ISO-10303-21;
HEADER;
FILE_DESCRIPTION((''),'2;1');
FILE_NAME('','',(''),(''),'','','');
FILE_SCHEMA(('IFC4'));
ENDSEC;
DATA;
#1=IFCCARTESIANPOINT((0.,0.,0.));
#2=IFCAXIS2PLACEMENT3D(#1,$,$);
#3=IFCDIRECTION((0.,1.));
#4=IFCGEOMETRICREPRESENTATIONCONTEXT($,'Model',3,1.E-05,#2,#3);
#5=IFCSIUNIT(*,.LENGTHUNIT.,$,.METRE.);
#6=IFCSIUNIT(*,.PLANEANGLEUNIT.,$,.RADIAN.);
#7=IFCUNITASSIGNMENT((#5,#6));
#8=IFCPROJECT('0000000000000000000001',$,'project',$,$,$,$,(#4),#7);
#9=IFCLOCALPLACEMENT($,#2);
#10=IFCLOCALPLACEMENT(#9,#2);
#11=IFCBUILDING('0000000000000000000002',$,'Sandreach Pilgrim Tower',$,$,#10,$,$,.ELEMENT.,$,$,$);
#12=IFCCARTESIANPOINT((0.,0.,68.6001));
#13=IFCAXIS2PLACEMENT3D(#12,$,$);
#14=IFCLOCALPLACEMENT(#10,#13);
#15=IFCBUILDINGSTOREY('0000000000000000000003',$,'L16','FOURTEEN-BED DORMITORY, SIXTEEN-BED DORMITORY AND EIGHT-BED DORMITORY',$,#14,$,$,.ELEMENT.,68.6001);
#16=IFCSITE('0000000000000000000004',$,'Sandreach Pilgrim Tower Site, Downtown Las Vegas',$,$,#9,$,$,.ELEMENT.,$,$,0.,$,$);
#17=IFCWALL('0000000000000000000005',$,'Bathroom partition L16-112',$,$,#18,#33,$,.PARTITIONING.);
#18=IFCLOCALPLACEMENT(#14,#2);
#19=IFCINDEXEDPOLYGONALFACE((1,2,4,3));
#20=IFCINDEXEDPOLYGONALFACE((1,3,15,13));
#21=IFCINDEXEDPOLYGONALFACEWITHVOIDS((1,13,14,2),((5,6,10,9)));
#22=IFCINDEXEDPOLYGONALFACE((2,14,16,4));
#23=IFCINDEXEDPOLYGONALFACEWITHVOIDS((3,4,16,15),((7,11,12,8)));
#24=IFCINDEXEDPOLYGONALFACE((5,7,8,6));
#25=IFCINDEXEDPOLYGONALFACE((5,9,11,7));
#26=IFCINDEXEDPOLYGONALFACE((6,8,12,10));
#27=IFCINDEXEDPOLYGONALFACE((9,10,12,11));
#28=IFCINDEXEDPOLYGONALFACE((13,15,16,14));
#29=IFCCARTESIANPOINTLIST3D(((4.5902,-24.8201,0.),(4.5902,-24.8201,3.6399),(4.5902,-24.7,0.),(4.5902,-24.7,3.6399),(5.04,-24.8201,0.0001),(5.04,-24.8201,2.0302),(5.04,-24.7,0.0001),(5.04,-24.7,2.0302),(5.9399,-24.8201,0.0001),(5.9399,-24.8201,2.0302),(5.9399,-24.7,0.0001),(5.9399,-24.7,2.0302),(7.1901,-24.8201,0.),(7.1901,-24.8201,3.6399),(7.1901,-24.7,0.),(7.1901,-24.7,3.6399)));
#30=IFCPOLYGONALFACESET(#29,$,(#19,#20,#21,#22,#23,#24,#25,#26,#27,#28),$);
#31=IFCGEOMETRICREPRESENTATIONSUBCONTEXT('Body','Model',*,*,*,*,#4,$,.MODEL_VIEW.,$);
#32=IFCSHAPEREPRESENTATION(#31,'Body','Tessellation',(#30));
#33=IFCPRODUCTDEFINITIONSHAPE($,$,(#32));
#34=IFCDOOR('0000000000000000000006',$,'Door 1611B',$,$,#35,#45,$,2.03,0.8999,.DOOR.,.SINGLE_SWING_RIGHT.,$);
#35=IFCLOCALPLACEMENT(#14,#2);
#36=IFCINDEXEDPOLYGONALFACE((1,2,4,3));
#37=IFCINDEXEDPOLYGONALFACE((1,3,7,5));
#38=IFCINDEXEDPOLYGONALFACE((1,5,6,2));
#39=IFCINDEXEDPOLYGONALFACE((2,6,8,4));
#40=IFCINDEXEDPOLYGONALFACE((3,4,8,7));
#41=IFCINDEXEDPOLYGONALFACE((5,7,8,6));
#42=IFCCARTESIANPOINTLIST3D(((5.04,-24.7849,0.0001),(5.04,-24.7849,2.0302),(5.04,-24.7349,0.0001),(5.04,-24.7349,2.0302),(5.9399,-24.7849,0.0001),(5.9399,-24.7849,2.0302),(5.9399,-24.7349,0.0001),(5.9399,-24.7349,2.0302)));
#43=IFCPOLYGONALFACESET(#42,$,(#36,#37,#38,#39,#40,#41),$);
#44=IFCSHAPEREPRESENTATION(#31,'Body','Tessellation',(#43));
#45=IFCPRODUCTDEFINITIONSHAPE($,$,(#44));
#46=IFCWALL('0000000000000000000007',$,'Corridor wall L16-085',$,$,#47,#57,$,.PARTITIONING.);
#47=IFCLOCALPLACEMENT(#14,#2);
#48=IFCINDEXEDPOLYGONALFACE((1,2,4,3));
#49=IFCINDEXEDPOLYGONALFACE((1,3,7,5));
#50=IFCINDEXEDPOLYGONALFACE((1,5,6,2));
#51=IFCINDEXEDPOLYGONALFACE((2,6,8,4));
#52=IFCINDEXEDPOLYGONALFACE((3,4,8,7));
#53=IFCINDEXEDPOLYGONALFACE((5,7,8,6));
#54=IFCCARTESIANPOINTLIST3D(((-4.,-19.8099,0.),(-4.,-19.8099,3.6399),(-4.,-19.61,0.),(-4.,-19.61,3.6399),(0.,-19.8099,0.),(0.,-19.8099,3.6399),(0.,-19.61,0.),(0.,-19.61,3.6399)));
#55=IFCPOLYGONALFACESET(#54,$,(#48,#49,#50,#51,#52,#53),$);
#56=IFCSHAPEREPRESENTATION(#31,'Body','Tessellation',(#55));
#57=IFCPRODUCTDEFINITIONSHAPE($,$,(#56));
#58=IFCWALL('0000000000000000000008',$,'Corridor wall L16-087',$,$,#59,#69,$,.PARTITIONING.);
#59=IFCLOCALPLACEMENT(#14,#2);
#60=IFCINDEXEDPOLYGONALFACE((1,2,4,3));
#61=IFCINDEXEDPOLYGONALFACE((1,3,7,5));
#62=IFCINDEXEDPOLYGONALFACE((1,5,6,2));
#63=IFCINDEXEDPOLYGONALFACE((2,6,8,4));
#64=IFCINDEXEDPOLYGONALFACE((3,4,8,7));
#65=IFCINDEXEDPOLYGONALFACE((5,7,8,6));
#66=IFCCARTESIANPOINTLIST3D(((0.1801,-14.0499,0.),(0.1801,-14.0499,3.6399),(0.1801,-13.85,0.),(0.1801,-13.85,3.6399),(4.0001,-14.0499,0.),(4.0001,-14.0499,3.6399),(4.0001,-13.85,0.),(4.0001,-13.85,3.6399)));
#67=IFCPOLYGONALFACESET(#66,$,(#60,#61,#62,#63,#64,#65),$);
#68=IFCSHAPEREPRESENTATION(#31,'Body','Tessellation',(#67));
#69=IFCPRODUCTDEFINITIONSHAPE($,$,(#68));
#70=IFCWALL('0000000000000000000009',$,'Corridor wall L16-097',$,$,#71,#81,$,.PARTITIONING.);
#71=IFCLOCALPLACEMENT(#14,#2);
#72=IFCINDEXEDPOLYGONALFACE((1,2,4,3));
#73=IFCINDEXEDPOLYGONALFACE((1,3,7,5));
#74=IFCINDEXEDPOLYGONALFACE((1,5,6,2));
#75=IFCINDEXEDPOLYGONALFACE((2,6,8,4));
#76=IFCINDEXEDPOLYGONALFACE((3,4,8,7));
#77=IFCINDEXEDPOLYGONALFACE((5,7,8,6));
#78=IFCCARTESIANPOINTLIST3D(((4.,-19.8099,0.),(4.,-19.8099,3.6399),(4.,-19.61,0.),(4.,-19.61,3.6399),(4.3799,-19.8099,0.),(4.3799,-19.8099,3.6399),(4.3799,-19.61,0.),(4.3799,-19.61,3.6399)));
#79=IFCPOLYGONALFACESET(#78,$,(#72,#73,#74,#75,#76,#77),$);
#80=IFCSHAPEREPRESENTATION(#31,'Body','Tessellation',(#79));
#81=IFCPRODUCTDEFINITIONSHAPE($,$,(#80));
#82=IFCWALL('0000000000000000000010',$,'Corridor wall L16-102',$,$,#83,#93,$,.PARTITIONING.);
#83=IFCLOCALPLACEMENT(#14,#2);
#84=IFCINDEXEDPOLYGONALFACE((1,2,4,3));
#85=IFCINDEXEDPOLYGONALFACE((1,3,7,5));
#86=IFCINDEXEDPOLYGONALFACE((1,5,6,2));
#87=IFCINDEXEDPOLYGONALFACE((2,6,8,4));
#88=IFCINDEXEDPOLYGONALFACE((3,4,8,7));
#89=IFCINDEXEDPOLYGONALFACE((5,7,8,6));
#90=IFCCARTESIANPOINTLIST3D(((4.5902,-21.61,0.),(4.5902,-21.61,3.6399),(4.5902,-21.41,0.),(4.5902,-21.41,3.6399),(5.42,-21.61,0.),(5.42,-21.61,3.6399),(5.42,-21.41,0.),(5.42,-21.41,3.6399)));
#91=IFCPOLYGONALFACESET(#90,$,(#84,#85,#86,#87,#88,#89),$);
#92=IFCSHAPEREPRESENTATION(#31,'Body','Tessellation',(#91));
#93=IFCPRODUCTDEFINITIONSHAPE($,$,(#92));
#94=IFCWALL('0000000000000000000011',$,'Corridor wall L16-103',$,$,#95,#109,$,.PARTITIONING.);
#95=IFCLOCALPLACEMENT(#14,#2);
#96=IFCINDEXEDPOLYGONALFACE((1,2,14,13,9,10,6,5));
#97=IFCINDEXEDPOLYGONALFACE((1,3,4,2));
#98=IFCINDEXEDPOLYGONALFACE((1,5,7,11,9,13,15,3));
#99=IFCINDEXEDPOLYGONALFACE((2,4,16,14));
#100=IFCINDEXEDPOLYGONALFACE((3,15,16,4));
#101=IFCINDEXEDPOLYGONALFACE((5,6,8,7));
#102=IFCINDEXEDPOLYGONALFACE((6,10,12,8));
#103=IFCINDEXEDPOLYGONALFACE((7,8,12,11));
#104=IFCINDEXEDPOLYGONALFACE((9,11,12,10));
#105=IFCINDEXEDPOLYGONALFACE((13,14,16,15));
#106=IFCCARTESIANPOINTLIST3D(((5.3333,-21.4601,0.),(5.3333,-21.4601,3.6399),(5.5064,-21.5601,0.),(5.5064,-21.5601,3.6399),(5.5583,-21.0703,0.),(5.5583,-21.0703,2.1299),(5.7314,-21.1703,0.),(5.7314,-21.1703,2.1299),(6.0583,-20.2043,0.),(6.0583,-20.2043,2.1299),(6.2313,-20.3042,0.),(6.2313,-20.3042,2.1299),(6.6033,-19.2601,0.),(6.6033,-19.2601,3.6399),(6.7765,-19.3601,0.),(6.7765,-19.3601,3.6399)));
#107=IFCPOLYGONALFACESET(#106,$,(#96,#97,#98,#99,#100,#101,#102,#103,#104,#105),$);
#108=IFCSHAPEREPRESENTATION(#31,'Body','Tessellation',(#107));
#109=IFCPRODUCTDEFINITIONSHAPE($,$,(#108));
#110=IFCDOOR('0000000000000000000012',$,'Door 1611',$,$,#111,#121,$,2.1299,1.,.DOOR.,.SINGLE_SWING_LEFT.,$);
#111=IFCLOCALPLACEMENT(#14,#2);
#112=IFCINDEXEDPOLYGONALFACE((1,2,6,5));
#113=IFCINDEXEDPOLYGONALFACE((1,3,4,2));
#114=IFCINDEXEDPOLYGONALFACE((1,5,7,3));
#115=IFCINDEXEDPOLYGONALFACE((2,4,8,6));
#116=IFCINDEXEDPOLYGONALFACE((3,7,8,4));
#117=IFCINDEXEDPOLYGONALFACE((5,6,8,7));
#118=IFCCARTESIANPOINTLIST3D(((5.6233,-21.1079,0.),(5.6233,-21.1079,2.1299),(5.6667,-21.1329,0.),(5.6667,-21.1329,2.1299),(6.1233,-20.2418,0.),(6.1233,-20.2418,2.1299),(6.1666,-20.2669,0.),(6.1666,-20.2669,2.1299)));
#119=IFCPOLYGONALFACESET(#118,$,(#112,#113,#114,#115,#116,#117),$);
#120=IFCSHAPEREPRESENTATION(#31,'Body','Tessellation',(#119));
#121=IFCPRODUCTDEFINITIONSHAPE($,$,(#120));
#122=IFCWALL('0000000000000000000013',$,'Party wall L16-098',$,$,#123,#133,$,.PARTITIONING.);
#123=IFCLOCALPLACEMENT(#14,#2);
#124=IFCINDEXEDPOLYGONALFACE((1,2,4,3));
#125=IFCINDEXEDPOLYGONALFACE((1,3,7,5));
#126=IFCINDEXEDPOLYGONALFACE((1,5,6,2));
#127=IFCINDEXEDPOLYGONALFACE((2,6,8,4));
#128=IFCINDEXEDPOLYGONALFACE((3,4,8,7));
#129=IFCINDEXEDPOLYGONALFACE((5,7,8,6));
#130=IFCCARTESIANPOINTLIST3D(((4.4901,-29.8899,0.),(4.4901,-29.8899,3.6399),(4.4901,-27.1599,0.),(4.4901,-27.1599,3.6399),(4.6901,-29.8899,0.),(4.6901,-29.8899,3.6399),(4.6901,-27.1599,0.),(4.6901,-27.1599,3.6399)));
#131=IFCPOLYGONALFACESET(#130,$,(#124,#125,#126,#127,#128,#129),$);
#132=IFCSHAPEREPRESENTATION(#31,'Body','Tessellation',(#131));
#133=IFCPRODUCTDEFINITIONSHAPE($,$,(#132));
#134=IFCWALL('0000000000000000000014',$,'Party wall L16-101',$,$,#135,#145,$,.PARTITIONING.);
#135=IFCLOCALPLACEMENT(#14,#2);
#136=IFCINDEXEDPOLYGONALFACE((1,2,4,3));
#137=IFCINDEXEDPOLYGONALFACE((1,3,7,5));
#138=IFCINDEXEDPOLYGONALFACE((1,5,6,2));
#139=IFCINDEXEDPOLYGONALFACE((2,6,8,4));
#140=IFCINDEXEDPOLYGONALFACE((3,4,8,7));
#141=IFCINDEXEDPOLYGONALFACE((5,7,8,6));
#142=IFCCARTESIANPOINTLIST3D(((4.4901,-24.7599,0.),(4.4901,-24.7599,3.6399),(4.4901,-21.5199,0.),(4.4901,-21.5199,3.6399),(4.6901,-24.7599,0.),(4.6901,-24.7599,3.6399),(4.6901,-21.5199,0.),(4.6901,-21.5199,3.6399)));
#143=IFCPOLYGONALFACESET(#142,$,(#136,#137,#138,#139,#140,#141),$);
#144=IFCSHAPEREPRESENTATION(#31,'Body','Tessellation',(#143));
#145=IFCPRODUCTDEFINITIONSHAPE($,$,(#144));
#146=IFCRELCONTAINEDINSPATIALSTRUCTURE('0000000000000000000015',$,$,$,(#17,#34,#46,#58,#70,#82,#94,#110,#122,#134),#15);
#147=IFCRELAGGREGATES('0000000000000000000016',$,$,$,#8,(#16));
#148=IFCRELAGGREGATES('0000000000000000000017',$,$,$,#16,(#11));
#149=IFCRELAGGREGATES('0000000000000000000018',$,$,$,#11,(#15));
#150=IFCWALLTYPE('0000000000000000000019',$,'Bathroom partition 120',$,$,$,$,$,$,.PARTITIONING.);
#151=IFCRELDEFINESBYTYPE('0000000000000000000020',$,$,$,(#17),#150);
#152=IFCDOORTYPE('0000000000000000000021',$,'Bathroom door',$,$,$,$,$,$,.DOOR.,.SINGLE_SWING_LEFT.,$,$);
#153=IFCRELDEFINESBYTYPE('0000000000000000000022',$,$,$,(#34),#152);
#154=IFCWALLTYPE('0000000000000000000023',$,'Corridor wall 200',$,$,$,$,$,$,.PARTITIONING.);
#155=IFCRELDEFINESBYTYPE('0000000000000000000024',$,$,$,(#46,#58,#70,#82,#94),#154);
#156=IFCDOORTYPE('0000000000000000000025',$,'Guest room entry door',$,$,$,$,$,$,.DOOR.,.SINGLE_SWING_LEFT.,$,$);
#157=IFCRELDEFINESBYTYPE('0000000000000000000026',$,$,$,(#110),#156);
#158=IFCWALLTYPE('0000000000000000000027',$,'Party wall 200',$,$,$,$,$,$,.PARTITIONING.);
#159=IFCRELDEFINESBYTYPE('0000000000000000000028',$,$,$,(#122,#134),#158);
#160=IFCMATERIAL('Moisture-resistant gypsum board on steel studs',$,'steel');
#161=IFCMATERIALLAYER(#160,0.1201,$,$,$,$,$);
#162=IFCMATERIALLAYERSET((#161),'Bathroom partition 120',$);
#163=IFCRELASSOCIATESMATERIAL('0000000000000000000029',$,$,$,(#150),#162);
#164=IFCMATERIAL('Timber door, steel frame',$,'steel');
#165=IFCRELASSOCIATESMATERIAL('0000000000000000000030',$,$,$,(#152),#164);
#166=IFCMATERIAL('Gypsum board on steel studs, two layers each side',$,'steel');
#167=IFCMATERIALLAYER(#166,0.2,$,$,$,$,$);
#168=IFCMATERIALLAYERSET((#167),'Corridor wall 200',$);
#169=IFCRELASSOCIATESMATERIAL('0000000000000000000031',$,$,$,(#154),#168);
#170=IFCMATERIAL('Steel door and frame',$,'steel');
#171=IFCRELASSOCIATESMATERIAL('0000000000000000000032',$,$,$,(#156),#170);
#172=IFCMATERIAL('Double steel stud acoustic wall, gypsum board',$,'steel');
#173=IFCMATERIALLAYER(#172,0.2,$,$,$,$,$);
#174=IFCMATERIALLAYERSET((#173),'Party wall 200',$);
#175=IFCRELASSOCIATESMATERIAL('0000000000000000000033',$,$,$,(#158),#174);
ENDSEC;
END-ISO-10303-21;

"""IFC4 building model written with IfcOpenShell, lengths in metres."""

from ifc_helpers import new_model, si_unit, direction, frame, frame_2d, origin, place, context, subcontext, project, spatial, rectangle, extrude, material, layer, layer_set, type_object, element, fill, save


model = new_model("IFC4")

# Units and contexts
model_context = context("Model", 3, precision=1e-05, world=origin(), true_north=direction((0.0, 1.0)))
body_context = subcontext(model_context, "Body", "Model", "MODEL_VIEW")
ifc_project = project(units=[si_unit("LENGTHUNIT", "METRE"), si_unit("PLANEANGLEUNIT", "RADIAN")], contexts=[model_context])

# Site, building, storey
site_placement = place(None, origin())
site = spatial("IfcSite", under=ifc_project, at=site_placement, Name="Sandreach Pilgrim Tower Site, Downtown Las Vegas", CompositionType="ELEMENT", RefElevation=0.0)
building_placement = place(site_placement, origin())
building = spatial("IfcBuilding", under=site, at=building_placement, Name="Sandreach Pilgrim Tower", CompositionType="ELEMENT")
storey_placement = place(building_placement, frame((0.0, 0.0, 68.6001)))
storey = spatial("IfcBuildingStorey", under=building, at=storey_placement, Name="L16", Description="FOURTEEN-BED DORMITORY, SIXTEEN-BED DORMITORY AND EIGHT-BED DORMITORY", CompositionType="ELEMENT", Elevation=68.6001)

# Shared definitions
ifc_material_1 = material(Name="Moisture-resistant gypsum board on steel studs", Category="steel")
ifc_layer_1 = layer(ifc_material_1, 0.1201)
ifc_layer_set_1 = layer_set([ifc_layer_1], Name="Bathroom partition 120")
wall_type_1 = type_object("IfcWallType", Name="Bathroom partition 120", PredefinedType="PARTITIONING", material=ifc_layer_set_1)

# Wall, opening, door
wall_1_placement = place(storey_placement, frame((7.1899, -24.76, 0.0), z_axis=(0.0, 0.0, 1.0), x_axis=(-1.0, 0.0, 0.0)))
wall_1 = element("IfcWall", 1, at=wall_1_placement, inside=storey, type_object=wall_type_1, Name="Bathroom partition L16-112", PredefinedType="PARTITIONING", context=body_context, shape_type="SweptSolid", body=[
    extrude(rectangle(XDim=2.5999, YDim=0.1201, at=frame_2d((1.2998, 0.0))), origin(), (0.0, 0.0, 1.0), 3.6399),
])
opening_1_placement = place(wall_1_placement, frame((1.25, 0.0, 0.0)))
opening_1 = element("IfcOpeningElement", 2, at=opening_1_placement, cuts=wall_1, PredefinedType="OPENING", context=body_context, shape_type="SweptSolid", body=[
    extrude(rectangle(XDim=0.8999, YDim=2.03, at=frame_2d((0.45, 1.0151))), frame((0.0, 0.0601, 0.0), z_axis=(0.0, -1.0, 0.0), x_axis=(1.0, 0.0, 0.0)), (0.0, 0.0, 1.0), 0.1201),
])
ifc_material_2 = material(Name="Timber door, steel frame", Category="steel")
door_type_1 = type_object("IfcDoorType", Name="Bathroom door", OperationType="SINGLE_SWING_LEFT", PredefinedType="DOOR", material=ifc_material_2)
door_1_placement = place(opening_1_placement, origin())
door_1 = element("IfcDoor", 3, at=door_1_placement, inside=storey, type_object=door_type_1, Name="Door 1611B", OperationType="SINGLE_SWING_RIGHT", OverallHeight=2.03, OverallWidth=0.8999, PredefinedType="DOOR", context=body_context, shape_type="SweptSolid", body=[
    extrude(rectangle(XDim=0.8999, YDim=2.03, at=frame_2d((0.45, 1.0151))), frame((0.0, 0.0249, 0.0), z_axis=(0.0, -1.0, 0.0), x_axis=(1.0, 0.0, 0.0)), (0.0, 0.0, 1.0), 0.05),
])
fill(opening_1, door_1)

# Walls
ifc_material_3 = material(Name="Gypsum board on steel studs, two layers each side", Category="steel")
ifc_layer_2 = layer(ifc_material_3, 0.2)
ifc_layer_set_2 = layer_set([ifc_layer_2], Name="Corridor wall 200")
wall_type_2 = type_object("IfcWallType", Name="Corridor wall 200", PredefinedType="PARTITIONING", material=ifc_layer_set_2)
wall_2_placement = place(storey_placement, frame((0.0, -19.71, 0.0), z_axis=(0.0, 0.0, 1.0), x_axis=(-1.0, 0.0, 0.0)))
element("IfcWall", 4, at=wall_2_placement, inside=storey, type_object=wall_type_2, Name="Corridor wall L16-085", PredefinedType="PARTITIONING", context=body_context, shape_type="SweptSolid", body=[
    extrude(rectangle(XDim=4.0, YDim=0.2, at=frame_2d((2.0, 0.0))), origin(), (0.0, 0.0, 1.0), 3.6399),
])
wall_3_placement = place(storey_placement, frame((0.1799, -13.95, 0.0), z_axis=(0.0, 0.0, 1.0), x_axis=(1.0, 0.0, 0.0)))
element("IfcWall", 5, at=wall_3_placement, inside=storey, type_object=wall_type_2, Name="Corridor wall L16-087", PredefinedType="PARTITIONING", context=body_context, shape_type="SweptSolid", body=[
    extrude(rectangle(XDim=3.8201, YDim=0.2, at=frame_2d((1.9102, 0.0))), origin(), (0.0, 0.0, 1.0), 3.6399),
])

# Walls
wall_4_placement = place(storey_placement, frame((4.3799, -19.71, 0.0), z_axis=(0.0, 0.0, 1.0), x_axis=(-1.0, 0.0, 0.0)))
element("IfcWall", 6, at=wall_4_placement, inside=storey, type_object=wall_type_2, Name="Corridor wall L16-097", PredefinedType="PARTITIONING", context=body_context, shape_type="SweptSolid", body=[
    extrude(rectangle(XDim=0.3799, YDim=0.2, at=frame_2d((0.1899, 0.0))), origin(), (0.0, 0.0, 1.0), 3.6399),
])
wall_5_placement = place(storey_placement, frame((4.5901, -21.51, 0.0), z_axis=(0.0, 0.0, 1.0), x_axis=(1.0, 0.0, 0.0)))
element("IfcWall", 7, at=wall_5_placement, inside=storey, type_object=wall_type_2, Name="Corridor wall L16-102", PredefinedType="PARTITIONING", context=body_context, shape_type="SweptSolid", body=[
    extrude(rectangle(XDim=0.8298, YDim=0.2, at=frame_2d((0.415, 0.0))), origin(), (0.0, 0.0, 1.0), 3.6399),
])

# Wall, opening, door
wall_6_placement = place(storey_placement, frame((5.4199, -21.51, 0.0), z_axis=(0.0, 0.0, 1.0), x_axis=(0.499964, 0.866046, 0.0)))
wall_6 = element("IfcWall", 8, at=wall_6_placement, inside=storey, type_object=wall_type_2, Name="Corridor wall L16-103", PredefinedType="PARTITIONING", context=body_context, shape_type="SweptSolid", body=[
    extrude(rectangle(XDim=2.5403, YDim=0.2, at=frame_2d((1.27, 0.0))), origin(), (0.0, 0.0, 1.0), 3.6399),
])
opening_2_placement = place(wall_6_placement, frame((0.45, 0.0, 0.0)))
opening_2 = element("IfcOpeningElement", 9, at=opening_2_placement, cuts=wall_6, PredefinedType="OPENING", context=body_context, shape_type="SweptSolid", body=[
    extrude(rectangle(XDim=1.0, YDim=2.1299, at=frame_2d((0.5, 1.0649))), frame((0.0, 0.1001, 0.0), z_axis=(0.0, -1.0, 0.0), x_axis=(1.0, 0.0, 0.0)), (0.0, 0.0, 1.0), 0.2),
])
ifc_material_4 = material(Name="Steel door and frame", Category="steel")
door_type_2 = type_object("IfcDoorType", Name="Guest room entry door", OperationType="SINGLE_SWING_LEFT", PredefinedType="DOOR", material=ifc_material_4)
door_2_placement = place(opening_2_placement, origin())
door_2 = element("IfcDoor", 10, at=door_2_placement, inside=storey, type_object=door_type_2, Name="Door 1611", OperationType="SINGLE_SWING_LEFT", OverallHeight=2.1299, OverallWidth=1.0, PredefinedType="DOOR", context=body_context, shape_type="SweptSolid", body=[
    extrude(rectangle(XDim=1.0, YDim=2.1299, at=frame_2d((0.5, 1.0649))), frame((0.0, 0.0249, 0.0), z_axis=(0.0, -1.0, 0.0), x_axis=(1.0, 0.0, 0.0)), (0.0, 0.0, 1.0), 0.05),
])
fill(opening_2, door_2)

# Walls
ifc_material_5 = material(Name="Double steel stud acoustic wall, gypsum board", Category="steel")
ifc_layer_3 = layer(ifc_material_5, 0.2)
ifc_layer_set_3 = layer_set([ifc_layer_3], Name="Party wall 200")
wall_type_3 = type_object("IfcWallType", Name="Party wall 200", PredefinedType="PARTITIONING", material=ifc_layer_set_3)
wall_7_placement = place(storey_placement, frame((4.5901, -29.8899, 0.0), z_axis=(0.0, 0.0, 1.0), x_axis=(0.0, 1.0, 0.0)))
element("IfcWall", 11, at=wall_7_placement, inside=storey, type_object=wall_type_3, Name="Party wall L16-098", PredefinedType="PARTITIONING", context=body_context, shape_type="SweptSolid", body=[
    extrude(rectangle(XDim=2.73, YDim=0.2, at=frame_2d((1.365, 0.0))), origin(), (0.0, 0.0, 1.0), 3.6399),
])
wall_8_placement = place(storey_placement, frame((4.5901, -24.76, 0.0), z_axis=(0.0, 0.0, 1.0), x_axis=(0.0, 1.0, 0.0)))
element("IfcWall", 12, at=wall_8_placement, inside=storey, type_object=wall_type_3, Name="Party wall L16-101", PredefinedType="PARTITIONING", context=body_context, shape_type="SweptSolid", body=[
    extrude(rectangle(XDim=3.24, YDim=0.2, at=frame_2d((1.6201, 0.0))), origin(), (0.0, 0.0, 1.0), 3.6399),
])

save(model, "model.ifc")
